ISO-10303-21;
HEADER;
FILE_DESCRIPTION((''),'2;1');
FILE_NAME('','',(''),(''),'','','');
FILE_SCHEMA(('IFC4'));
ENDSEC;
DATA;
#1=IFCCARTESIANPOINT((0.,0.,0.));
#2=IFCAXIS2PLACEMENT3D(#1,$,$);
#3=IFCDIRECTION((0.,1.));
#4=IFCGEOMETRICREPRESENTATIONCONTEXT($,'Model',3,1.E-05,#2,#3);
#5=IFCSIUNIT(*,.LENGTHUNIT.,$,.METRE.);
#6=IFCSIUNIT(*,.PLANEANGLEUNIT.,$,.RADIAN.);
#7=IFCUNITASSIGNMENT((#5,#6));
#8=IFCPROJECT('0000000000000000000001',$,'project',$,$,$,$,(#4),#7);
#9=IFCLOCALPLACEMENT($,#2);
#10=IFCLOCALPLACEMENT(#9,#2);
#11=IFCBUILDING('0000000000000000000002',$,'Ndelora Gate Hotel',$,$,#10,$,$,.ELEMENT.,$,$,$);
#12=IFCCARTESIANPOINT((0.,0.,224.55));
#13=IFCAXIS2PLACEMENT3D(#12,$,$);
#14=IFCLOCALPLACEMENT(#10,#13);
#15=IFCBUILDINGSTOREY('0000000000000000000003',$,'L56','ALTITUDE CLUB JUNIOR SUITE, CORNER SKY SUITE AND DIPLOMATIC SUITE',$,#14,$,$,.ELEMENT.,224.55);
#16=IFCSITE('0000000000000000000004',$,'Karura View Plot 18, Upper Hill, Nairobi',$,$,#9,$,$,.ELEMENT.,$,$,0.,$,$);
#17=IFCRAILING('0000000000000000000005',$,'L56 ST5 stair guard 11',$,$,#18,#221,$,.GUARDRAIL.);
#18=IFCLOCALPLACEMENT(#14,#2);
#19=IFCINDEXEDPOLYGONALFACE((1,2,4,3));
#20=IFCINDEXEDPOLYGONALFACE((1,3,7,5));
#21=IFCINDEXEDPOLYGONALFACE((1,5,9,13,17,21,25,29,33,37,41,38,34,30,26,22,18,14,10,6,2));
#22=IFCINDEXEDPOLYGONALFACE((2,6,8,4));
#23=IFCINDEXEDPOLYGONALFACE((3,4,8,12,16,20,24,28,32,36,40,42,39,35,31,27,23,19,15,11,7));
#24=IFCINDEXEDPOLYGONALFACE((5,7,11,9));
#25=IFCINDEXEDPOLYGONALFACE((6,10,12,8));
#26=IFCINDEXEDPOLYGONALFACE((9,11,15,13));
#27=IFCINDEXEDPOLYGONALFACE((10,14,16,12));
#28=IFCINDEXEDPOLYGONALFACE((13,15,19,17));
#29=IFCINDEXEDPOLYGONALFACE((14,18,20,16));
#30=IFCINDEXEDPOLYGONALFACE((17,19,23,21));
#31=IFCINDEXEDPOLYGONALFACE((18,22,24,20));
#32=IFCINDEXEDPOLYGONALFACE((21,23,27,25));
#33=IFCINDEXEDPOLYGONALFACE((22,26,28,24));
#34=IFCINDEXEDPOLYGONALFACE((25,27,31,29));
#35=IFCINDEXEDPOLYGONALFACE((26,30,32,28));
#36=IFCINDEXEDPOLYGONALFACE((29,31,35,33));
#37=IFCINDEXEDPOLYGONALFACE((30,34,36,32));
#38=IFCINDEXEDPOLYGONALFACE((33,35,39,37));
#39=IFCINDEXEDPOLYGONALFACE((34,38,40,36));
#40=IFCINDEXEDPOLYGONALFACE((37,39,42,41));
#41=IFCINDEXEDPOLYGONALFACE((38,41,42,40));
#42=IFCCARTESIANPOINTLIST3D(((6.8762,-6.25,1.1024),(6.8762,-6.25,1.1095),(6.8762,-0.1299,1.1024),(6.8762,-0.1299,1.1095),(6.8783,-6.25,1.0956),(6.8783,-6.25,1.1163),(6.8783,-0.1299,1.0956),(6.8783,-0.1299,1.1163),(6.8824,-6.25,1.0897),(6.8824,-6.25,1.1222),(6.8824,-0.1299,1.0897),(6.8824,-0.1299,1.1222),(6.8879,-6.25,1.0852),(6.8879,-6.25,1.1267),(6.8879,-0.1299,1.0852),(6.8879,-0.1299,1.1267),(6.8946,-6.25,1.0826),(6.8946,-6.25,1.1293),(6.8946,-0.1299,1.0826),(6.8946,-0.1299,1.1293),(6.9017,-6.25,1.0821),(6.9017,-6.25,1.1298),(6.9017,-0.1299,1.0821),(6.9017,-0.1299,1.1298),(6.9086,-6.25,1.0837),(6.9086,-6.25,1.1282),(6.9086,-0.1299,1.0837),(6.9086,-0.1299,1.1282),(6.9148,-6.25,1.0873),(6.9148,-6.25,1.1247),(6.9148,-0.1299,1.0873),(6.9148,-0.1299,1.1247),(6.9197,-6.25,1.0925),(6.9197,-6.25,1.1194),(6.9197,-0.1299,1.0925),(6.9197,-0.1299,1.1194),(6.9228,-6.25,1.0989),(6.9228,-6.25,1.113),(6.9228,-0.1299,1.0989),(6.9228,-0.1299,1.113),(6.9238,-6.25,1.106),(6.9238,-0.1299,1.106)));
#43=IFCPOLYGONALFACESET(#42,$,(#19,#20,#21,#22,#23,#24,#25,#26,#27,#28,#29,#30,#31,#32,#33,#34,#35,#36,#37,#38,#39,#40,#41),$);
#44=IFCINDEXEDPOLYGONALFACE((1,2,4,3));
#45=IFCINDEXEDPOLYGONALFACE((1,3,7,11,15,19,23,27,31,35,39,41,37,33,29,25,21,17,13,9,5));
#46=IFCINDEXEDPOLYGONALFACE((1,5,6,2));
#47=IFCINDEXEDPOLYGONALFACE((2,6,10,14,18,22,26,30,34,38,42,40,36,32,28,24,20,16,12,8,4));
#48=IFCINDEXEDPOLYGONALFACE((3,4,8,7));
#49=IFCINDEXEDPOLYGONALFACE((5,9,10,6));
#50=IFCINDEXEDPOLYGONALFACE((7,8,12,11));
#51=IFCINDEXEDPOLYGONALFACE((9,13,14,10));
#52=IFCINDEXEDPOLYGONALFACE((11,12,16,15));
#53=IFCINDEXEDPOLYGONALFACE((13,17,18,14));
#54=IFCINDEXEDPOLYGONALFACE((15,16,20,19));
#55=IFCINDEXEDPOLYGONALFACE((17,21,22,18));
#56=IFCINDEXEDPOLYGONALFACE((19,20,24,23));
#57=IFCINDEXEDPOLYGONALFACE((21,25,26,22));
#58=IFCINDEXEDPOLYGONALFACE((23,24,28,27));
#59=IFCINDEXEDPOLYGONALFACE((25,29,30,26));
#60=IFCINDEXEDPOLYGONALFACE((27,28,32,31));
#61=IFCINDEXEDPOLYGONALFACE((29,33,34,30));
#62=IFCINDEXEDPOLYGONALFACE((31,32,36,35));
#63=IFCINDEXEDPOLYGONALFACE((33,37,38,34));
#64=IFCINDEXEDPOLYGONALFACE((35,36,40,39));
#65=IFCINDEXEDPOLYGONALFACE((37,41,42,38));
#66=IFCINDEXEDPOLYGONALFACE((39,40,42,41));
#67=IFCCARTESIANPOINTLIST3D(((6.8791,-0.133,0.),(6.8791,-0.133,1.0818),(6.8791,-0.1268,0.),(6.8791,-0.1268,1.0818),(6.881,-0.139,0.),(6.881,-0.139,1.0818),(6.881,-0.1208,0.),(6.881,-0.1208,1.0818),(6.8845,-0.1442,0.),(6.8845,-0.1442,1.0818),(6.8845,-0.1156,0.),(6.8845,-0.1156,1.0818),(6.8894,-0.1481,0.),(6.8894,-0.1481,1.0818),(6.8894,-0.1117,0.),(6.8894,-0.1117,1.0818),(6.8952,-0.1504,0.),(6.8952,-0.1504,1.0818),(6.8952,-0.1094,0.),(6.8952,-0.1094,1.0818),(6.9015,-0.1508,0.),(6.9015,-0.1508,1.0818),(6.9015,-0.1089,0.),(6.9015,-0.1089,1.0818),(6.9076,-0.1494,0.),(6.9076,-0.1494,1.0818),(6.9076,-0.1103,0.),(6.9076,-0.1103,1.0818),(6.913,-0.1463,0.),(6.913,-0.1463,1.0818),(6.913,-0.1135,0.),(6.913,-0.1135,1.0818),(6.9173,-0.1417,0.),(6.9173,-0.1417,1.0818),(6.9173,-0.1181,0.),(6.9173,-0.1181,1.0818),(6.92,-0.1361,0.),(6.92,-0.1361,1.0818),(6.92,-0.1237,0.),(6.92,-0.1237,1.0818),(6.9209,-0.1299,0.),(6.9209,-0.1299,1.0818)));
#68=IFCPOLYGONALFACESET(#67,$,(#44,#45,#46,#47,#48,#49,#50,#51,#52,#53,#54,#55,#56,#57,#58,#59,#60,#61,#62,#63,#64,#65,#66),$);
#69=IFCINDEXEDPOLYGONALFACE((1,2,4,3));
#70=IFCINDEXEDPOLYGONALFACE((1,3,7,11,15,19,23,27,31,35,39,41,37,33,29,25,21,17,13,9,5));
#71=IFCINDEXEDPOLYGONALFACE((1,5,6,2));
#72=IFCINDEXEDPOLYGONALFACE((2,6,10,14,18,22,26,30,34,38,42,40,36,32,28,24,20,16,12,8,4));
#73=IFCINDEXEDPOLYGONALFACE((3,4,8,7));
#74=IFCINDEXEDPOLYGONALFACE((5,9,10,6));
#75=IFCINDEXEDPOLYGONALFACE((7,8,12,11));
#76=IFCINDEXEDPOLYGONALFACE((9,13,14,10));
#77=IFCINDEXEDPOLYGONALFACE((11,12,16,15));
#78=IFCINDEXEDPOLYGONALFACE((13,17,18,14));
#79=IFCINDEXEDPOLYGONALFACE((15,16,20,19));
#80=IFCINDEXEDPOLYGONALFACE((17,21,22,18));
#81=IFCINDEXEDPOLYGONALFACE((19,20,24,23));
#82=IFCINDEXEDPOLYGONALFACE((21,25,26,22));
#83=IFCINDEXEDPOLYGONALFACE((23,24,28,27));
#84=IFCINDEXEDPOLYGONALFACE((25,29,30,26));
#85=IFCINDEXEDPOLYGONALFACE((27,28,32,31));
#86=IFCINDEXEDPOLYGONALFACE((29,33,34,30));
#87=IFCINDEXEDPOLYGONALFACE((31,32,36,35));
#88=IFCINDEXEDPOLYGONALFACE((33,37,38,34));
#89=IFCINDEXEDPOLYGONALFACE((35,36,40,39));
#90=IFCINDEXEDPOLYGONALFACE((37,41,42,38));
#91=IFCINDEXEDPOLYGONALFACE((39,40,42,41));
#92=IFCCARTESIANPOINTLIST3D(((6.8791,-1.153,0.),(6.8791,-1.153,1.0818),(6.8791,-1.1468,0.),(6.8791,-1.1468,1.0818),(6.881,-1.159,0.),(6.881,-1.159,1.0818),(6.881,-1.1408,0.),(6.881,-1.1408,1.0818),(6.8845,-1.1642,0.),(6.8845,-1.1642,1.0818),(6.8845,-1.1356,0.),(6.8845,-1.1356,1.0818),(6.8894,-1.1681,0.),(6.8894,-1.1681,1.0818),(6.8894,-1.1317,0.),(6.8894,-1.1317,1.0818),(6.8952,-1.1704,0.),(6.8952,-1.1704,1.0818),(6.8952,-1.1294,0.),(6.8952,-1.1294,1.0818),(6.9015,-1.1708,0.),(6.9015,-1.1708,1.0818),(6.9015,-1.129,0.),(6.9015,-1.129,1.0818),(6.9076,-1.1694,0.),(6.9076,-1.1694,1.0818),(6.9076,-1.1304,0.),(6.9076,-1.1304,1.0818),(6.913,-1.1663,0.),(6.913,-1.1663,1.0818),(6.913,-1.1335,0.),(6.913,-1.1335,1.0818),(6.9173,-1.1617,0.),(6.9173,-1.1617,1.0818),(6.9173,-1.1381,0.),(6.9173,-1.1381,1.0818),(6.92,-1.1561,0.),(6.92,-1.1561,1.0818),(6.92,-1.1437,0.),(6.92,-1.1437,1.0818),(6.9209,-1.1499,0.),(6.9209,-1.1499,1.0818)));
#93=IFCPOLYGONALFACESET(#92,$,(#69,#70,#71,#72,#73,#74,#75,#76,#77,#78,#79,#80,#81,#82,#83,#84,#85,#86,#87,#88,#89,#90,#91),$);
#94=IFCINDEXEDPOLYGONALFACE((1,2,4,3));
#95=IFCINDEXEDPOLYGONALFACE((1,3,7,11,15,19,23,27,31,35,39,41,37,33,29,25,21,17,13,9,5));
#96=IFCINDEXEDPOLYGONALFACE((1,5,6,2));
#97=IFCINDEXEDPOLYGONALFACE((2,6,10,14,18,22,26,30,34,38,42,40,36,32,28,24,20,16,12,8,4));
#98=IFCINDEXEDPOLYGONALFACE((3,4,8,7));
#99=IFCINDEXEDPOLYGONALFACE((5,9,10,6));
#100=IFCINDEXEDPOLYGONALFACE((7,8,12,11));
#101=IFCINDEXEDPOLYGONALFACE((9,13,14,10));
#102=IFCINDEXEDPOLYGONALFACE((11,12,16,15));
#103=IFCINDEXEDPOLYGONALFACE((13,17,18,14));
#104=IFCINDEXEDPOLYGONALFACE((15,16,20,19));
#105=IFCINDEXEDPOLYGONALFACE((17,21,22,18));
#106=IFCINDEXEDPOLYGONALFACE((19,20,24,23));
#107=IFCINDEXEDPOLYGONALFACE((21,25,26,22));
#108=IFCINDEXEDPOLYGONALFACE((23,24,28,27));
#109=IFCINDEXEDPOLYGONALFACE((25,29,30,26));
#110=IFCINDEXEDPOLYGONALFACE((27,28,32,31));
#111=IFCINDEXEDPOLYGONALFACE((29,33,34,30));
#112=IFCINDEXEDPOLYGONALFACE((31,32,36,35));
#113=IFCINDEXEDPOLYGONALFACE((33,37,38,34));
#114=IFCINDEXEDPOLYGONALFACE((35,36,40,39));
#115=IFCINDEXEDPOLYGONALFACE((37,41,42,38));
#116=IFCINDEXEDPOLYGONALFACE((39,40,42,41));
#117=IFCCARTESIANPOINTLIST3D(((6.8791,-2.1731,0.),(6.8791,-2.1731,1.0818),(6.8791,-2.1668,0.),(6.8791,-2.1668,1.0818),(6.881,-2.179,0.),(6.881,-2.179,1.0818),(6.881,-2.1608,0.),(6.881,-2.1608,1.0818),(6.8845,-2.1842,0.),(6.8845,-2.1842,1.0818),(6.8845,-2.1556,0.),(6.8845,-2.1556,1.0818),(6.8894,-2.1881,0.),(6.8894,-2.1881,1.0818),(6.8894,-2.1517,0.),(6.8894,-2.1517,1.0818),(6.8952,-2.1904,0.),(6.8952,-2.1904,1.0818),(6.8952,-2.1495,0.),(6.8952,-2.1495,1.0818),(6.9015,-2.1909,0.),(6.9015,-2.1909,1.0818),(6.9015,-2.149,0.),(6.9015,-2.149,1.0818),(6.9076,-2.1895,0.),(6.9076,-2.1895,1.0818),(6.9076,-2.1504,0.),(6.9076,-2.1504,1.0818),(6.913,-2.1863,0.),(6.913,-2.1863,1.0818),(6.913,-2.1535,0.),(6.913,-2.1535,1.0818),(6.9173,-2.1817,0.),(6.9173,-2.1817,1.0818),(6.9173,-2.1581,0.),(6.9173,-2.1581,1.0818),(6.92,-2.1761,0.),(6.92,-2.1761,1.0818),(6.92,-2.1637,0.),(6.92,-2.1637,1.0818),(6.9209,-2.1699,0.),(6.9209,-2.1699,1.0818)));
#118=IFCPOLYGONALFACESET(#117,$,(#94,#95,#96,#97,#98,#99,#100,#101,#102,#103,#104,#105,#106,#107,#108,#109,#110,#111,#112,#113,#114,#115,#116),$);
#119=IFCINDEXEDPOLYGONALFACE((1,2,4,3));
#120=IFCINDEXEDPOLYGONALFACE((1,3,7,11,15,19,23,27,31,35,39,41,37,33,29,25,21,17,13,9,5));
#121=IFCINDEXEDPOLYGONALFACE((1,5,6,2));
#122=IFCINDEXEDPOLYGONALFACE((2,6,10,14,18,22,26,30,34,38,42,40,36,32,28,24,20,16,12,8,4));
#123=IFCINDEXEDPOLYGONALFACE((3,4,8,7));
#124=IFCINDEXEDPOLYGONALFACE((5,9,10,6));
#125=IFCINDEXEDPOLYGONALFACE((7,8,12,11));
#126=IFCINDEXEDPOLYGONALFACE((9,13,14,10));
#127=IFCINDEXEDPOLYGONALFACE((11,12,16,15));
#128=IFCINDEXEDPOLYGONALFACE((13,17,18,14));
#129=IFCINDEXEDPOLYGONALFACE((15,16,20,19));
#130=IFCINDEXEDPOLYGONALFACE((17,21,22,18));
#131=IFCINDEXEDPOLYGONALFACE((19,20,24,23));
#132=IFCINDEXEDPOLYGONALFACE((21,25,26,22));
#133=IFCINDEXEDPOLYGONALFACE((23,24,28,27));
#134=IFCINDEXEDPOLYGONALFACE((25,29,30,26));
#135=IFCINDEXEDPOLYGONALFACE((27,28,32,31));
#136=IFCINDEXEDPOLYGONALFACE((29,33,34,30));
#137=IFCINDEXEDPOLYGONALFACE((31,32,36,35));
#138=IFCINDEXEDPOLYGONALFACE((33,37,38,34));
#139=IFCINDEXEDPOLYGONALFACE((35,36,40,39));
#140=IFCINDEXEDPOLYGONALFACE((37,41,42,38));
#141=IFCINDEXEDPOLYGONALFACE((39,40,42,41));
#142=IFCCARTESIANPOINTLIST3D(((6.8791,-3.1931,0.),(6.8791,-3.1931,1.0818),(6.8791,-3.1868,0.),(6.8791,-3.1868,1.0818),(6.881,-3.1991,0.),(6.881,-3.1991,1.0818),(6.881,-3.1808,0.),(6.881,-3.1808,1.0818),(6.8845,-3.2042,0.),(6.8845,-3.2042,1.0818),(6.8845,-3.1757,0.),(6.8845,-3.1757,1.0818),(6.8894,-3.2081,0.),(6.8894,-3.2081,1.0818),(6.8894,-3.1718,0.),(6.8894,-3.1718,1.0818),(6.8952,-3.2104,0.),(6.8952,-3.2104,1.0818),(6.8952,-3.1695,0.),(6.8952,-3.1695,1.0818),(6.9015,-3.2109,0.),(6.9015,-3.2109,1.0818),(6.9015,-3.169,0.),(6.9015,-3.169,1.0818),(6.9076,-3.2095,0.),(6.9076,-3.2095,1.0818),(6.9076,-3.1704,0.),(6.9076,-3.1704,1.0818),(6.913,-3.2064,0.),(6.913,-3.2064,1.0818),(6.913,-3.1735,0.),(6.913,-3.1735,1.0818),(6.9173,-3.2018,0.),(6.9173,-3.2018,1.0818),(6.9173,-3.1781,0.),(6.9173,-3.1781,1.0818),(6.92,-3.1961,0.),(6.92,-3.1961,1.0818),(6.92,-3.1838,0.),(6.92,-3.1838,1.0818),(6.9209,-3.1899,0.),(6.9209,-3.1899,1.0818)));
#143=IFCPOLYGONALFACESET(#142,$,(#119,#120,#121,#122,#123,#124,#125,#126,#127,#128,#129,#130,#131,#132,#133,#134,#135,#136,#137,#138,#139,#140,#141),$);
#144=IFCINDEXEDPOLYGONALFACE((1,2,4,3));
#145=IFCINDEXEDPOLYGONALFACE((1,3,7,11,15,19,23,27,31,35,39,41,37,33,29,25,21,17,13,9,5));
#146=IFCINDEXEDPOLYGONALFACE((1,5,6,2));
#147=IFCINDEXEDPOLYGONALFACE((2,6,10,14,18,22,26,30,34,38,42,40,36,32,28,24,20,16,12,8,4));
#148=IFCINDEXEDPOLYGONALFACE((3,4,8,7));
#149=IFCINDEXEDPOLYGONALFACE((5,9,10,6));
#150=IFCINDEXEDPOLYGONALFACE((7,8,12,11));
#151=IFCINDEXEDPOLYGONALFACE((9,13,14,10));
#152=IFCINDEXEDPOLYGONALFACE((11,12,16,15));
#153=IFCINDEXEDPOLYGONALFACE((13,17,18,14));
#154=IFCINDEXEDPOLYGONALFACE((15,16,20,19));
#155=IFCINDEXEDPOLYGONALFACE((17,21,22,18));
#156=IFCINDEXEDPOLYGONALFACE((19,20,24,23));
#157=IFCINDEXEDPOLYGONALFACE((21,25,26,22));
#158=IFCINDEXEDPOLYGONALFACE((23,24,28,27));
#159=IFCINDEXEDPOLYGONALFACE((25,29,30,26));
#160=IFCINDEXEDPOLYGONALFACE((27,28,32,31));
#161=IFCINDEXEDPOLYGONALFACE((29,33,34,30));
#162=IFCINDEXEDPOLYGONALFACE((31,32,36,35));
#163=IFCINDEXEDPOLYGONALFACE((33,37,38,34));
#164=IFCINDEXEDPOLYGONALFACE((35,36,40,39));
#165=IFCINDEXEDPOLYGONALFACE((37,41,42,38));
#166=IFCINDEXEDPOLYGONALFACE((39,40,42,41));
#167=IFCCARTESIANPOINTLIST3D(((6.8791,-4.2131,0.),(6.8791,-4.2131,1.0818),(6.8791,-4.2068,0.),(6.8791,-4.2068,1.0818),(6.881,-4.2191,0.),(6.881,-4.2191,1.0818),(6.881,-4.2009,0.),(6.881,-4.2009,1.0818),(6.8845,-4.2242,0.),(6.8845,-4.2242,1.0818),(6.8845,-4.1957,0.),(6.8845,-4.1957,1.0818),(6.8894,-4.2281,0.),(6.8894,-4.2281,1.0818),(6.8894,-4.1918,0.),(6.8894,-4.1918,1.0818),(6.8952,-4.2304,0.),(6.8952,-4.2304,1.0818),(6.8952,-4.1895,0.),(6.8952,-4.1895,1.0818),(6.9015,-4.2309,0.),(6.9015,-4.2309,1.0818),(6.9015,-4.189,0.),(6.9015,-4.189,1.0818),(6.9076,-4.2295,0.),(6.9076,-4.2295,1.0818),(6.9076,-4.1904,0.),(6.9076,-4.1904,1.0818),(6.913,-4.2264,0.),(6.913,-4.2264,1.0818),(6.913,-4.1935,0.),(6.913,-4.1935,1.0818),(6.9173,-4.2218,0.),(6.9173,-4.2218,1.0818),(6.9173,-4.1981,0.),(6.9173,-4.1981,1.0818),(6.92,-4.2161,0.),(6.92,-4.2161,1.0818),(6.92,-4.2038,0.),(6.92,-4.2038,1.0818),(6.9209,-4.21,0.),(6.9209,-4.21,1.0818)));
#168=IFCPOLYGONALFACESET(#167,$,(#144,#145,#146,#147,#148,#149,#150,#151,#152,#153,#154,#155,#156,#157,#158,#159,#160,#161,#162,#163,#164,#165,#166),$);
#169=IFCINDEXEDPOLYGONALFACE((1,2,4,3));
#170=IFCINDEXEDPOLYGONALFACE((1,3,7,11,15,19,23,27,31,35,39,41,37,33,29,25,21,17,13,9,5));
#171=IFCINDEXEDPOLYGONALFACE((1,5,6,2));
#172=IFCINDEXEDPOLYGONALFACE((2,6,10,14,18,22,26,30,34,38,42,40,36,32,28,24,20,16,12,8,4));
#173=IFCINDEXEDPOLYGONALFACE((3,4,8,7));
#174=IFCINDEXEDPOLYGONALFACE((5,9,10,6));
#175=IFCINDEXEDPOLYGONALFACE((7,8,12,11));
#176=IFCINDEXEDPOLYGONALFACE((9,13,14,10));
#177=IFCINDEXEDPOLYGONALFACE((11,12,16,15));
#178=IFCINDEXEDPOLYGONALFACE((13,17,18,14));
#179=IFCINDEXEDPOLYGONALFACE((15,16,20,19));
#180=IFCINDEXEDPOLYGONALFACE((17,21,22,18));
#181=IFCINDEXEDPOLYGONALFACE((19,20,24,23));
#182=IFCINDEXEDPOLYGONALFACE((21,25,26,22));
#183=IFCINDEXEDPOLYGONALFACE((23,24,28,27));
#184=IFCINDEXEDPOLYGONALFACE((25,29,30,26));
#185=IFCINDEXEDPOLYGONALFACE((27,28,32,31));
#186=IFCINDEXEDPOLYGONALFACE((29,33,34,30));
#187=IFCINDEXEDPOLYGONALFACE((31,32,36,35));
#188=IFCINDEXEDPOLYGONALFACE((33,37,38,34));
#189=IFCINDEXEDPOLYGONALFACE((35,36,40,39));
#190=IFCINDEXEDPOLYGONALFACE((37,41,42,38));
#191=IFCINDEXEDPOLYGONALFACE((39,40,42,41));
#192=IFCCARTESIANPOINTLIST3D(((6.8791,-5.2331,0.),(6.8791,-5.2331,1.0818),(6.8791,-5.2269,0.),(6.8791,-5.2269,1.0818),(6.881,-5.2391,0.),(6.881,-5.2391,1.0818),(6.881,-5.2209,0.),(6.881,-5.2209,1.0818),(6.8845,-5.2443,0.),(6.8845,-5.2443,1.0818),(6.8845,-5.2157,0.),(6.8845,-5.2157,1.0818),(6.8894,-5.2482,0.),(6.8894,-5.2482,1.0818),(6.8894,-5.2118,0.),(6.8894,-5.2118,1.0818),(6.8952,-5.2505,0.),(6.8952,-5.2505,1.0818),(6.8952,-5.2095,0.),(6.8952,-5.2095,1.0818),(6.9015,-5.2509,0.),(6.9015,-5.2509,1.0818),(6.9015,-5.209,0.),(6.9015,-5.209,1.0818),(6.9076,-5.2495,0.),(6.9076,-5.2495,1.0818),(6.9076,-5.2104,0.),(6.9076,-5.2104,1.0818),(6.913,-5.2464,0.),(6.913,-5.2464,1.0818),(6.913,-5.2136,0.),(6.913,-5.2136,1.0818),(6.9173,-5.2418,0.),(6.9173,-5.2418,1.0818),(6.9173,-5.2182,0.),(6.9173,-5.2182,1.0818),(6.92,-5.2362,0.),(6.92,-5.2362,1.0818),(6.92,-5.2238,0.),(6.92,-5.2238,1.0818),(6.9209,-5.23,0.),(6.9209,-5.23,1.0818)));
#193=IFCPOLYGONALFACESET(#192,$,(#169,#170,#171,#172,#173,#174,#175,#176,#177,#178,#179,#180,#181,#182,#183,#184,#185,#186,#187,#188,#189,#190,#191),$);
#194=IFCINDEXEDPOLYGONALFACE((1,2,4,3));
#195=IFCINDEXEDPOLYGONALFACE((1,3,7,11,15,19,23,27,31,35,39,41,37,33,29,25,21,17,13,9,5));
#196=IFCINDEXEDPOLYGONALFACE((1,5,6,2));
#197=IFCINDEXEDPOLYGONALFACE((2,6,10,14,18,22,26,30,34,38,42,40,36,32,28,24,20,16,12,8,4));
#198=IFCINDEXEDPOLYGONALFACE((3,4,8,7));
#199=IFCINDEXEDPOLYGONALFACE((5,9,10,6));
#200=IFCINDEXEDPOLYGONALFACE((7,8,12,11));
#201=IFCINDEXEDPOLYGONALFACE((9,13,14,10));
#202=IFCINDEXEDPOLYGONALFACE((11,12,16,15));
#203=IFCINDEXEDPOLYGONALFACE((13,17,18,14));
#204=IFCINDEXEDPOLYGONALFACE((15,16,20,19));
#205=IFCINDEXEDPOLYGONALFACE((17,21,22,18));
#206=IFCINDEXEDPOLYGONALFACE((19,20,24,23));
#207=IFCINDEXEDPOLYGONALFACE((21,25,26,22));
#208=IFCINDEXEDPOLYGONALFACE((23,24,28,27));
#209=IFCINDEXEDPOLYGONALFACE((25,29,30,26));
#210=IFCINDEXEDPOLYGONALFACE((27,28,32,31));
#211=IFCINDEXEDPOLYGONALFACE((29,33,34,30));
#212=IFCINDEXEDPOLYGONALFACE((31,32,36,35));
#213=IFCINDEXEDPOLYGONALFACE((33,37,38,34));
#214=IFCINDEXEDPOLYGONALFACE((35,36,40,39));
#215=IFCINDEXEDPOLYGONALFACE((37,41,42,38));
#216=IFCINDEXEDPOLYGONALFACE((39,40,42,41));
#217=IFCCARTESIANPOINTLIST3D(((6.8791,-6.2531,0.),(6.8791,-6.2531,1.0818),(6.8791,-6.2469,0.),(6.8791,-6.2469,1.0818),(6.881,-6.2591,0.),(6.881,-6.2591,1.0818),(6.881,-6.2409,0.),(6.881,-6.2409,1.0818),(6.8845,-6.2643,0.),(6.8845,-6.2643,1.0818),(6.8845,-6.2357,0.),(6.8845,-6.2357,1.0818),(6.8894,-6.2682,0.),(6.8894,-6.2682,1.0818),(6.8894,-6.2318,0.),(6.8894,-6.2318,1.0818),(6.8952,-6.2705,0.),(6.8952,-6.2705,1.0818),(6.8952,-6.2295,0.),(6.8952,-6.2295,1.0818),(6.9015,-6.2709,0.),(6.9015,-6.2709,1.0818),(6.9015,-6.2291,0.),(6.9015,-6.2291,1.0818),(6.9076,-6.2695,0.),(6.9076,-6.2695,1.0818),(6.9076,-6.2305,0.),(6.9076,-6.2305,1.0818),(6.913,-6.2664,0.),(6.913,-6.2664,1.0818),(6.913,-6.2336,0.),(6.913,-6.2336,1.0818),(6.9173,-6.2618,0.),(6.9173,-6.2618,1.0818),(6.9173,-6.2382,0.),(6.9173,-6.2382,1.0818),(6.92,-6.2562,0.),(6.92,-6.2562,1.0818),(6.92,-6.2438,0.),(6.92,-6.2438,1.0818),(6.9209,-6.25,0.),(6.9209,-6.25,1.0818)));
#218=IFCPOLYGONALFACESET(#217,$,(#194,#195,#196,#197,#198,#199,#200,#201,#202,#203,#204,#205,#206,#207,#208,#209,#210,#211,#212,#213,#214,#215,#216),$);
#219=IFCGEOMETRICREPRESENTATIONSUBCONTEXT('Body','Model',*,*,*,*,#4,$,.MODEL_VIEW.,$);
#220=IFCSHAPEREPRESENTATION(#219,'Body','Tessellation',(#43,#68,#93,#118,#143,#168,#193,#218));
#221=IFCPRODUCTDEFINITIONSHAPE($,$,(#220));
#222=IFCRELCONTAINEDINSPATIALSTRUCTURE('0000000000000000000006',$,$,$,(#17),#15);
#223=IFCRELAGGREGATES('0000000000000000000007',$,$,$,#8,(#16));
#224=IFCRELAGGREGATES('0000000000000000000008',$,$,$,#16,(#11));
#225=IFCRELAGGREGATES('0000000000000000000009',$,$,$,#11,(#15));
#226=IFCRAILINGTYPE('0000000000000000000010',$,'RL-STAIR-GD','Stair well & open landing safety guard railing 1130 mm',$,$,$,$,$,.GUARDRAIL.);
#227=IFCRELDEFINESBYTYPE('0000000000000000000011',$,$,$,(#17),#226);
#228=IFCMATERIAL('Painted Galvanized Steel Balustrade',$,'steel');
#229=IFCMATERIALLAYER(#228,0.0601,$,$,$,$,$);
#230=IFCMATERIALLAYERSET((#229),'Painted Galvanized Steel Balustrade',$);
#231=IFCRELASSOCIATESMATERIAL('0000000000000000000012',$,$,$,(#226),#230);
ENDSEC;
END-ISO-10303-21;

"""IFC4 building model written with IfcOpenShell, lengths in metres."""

from ifc_helpers import new_model, si_unit, direction, frame, origin, origin_2d, place, context, subcontext, project, spatial, circle, extrude, material, layer, layer_set, type_object, element, save


model = new_model("IFC4")

# Units and contexts
model_context = context("Model", 3, precision=1e-05, world=origin(), true_north=direction((0.0, 1.0)))
body_context = subcontext(model_context, "Body", "Model", "MODEL_VIEW")
ifc_project = project(units=[si_unit("LENGTHUNIT", "METRE"), si_unit("PLANEANGLEUNIT", "RADIAN")], contexts=[model_context])

# Site, building, storey
site_placement = place(None, origin())
site = spatial("IfcSite", under=ifc_project, at=site_placement, Name="Karura View Plot 18, Upper Hill, Nairobi", CompositionType="ELEMENT", RefElevation=0.0)
building_placement = place(site_placement, origin())
building = spatial("IfcBuilding", under=site, at=building_placement, Name="Ndelora Gate Hotel", CompositionType="ELEMENT")
storey_placement = place(building_placement, frame((0.0, 0.0, 224.55)))
storey = spatial("IfcBuildingStorey", under=building, at=storey_placement, Name="L56", Description="ALTITUDE CLUB JUNIOR SUITE, CORNER SKY SUITE AND DIPLOMATIC SUITE", CompositionType="ELEMENT", Elevation=224.55)

# Railing
ifc_material_1 = material(Name="Painted Galvanized Steel Balustrade", Category="steel")
ifc_layer_1 = layer(ifc_material_1, 0.0601)
ifc_layer_set_1 = layer_set([ifc_layer_1], Name="Painted Galvanized Steel Balustrade")
railing_type = type_object("IfcRailingType", Name="RL-STAIR-GD", Description="Stair well & open landing safety guard railing 1130 mm", PredefinedType="GUARDRAIL", material=ifc_layer_set_1)
railing_placement = place(storey_placement, frame((6.8999, -0.1299, 0.0)))
element("IfcRailing", 1, at=railing_placement, inside=storey, type_object=railing_type, Name="L56 ST5 stair guard 11", PredefinedType="GUARDRAIL", context=body_context, shape_type="SweptSolid", body=[
    extrude(circle(Radius=0.0239, at=origin_2d()), frame((0.0, 0.0, 1.106), z_axis=(0.0, -1.0, 0.0), x_axis=(1.0, 0.0, 0.0)), (0.0, 0.0, 1.0), 6.1201),
    extrude(circle(Radius=0.021, at=origin_2d()), origin(), (0.0, 0.0, 1.0), 1.0818),
    extrude(circle(Radius=0.021, at=origin_2d()), frame((0.0, -1.02, 0.0)), (0.0, 0.0, 1.0), 1.0818),
    extrude(circle(Radius=0.021, at=origin_2d()), frame((0.0, -2.04, 0.0)), (0.0, 0.0, 1.0), 1.0818),
    extrude(circle(Radius=0.021, at=origin_2d()), frame((0.0, -3.0601, 0.0)), (0.0, 0.0, 1.0), 1.0818),
    extrude(circle(Radius=0.021, at=origin_2d()), frame((0.0, -4.0801, 0.0)), (0.0, 0.0, 1.0), 1.0818),
    extrude(circle(Radius=0.021, at=origin_2d()), frame((0.0, -5.1001, 0.0)), (0.0, 0.0, 1.0), 1.0818),
    extrude(circle(Radius=0.021, at=origin_2d()), frame((0.0, -6.1201, 0.0)), (0.0, 0.0, 1.0), 1.0818),
])

save(model, "model.ifc")
